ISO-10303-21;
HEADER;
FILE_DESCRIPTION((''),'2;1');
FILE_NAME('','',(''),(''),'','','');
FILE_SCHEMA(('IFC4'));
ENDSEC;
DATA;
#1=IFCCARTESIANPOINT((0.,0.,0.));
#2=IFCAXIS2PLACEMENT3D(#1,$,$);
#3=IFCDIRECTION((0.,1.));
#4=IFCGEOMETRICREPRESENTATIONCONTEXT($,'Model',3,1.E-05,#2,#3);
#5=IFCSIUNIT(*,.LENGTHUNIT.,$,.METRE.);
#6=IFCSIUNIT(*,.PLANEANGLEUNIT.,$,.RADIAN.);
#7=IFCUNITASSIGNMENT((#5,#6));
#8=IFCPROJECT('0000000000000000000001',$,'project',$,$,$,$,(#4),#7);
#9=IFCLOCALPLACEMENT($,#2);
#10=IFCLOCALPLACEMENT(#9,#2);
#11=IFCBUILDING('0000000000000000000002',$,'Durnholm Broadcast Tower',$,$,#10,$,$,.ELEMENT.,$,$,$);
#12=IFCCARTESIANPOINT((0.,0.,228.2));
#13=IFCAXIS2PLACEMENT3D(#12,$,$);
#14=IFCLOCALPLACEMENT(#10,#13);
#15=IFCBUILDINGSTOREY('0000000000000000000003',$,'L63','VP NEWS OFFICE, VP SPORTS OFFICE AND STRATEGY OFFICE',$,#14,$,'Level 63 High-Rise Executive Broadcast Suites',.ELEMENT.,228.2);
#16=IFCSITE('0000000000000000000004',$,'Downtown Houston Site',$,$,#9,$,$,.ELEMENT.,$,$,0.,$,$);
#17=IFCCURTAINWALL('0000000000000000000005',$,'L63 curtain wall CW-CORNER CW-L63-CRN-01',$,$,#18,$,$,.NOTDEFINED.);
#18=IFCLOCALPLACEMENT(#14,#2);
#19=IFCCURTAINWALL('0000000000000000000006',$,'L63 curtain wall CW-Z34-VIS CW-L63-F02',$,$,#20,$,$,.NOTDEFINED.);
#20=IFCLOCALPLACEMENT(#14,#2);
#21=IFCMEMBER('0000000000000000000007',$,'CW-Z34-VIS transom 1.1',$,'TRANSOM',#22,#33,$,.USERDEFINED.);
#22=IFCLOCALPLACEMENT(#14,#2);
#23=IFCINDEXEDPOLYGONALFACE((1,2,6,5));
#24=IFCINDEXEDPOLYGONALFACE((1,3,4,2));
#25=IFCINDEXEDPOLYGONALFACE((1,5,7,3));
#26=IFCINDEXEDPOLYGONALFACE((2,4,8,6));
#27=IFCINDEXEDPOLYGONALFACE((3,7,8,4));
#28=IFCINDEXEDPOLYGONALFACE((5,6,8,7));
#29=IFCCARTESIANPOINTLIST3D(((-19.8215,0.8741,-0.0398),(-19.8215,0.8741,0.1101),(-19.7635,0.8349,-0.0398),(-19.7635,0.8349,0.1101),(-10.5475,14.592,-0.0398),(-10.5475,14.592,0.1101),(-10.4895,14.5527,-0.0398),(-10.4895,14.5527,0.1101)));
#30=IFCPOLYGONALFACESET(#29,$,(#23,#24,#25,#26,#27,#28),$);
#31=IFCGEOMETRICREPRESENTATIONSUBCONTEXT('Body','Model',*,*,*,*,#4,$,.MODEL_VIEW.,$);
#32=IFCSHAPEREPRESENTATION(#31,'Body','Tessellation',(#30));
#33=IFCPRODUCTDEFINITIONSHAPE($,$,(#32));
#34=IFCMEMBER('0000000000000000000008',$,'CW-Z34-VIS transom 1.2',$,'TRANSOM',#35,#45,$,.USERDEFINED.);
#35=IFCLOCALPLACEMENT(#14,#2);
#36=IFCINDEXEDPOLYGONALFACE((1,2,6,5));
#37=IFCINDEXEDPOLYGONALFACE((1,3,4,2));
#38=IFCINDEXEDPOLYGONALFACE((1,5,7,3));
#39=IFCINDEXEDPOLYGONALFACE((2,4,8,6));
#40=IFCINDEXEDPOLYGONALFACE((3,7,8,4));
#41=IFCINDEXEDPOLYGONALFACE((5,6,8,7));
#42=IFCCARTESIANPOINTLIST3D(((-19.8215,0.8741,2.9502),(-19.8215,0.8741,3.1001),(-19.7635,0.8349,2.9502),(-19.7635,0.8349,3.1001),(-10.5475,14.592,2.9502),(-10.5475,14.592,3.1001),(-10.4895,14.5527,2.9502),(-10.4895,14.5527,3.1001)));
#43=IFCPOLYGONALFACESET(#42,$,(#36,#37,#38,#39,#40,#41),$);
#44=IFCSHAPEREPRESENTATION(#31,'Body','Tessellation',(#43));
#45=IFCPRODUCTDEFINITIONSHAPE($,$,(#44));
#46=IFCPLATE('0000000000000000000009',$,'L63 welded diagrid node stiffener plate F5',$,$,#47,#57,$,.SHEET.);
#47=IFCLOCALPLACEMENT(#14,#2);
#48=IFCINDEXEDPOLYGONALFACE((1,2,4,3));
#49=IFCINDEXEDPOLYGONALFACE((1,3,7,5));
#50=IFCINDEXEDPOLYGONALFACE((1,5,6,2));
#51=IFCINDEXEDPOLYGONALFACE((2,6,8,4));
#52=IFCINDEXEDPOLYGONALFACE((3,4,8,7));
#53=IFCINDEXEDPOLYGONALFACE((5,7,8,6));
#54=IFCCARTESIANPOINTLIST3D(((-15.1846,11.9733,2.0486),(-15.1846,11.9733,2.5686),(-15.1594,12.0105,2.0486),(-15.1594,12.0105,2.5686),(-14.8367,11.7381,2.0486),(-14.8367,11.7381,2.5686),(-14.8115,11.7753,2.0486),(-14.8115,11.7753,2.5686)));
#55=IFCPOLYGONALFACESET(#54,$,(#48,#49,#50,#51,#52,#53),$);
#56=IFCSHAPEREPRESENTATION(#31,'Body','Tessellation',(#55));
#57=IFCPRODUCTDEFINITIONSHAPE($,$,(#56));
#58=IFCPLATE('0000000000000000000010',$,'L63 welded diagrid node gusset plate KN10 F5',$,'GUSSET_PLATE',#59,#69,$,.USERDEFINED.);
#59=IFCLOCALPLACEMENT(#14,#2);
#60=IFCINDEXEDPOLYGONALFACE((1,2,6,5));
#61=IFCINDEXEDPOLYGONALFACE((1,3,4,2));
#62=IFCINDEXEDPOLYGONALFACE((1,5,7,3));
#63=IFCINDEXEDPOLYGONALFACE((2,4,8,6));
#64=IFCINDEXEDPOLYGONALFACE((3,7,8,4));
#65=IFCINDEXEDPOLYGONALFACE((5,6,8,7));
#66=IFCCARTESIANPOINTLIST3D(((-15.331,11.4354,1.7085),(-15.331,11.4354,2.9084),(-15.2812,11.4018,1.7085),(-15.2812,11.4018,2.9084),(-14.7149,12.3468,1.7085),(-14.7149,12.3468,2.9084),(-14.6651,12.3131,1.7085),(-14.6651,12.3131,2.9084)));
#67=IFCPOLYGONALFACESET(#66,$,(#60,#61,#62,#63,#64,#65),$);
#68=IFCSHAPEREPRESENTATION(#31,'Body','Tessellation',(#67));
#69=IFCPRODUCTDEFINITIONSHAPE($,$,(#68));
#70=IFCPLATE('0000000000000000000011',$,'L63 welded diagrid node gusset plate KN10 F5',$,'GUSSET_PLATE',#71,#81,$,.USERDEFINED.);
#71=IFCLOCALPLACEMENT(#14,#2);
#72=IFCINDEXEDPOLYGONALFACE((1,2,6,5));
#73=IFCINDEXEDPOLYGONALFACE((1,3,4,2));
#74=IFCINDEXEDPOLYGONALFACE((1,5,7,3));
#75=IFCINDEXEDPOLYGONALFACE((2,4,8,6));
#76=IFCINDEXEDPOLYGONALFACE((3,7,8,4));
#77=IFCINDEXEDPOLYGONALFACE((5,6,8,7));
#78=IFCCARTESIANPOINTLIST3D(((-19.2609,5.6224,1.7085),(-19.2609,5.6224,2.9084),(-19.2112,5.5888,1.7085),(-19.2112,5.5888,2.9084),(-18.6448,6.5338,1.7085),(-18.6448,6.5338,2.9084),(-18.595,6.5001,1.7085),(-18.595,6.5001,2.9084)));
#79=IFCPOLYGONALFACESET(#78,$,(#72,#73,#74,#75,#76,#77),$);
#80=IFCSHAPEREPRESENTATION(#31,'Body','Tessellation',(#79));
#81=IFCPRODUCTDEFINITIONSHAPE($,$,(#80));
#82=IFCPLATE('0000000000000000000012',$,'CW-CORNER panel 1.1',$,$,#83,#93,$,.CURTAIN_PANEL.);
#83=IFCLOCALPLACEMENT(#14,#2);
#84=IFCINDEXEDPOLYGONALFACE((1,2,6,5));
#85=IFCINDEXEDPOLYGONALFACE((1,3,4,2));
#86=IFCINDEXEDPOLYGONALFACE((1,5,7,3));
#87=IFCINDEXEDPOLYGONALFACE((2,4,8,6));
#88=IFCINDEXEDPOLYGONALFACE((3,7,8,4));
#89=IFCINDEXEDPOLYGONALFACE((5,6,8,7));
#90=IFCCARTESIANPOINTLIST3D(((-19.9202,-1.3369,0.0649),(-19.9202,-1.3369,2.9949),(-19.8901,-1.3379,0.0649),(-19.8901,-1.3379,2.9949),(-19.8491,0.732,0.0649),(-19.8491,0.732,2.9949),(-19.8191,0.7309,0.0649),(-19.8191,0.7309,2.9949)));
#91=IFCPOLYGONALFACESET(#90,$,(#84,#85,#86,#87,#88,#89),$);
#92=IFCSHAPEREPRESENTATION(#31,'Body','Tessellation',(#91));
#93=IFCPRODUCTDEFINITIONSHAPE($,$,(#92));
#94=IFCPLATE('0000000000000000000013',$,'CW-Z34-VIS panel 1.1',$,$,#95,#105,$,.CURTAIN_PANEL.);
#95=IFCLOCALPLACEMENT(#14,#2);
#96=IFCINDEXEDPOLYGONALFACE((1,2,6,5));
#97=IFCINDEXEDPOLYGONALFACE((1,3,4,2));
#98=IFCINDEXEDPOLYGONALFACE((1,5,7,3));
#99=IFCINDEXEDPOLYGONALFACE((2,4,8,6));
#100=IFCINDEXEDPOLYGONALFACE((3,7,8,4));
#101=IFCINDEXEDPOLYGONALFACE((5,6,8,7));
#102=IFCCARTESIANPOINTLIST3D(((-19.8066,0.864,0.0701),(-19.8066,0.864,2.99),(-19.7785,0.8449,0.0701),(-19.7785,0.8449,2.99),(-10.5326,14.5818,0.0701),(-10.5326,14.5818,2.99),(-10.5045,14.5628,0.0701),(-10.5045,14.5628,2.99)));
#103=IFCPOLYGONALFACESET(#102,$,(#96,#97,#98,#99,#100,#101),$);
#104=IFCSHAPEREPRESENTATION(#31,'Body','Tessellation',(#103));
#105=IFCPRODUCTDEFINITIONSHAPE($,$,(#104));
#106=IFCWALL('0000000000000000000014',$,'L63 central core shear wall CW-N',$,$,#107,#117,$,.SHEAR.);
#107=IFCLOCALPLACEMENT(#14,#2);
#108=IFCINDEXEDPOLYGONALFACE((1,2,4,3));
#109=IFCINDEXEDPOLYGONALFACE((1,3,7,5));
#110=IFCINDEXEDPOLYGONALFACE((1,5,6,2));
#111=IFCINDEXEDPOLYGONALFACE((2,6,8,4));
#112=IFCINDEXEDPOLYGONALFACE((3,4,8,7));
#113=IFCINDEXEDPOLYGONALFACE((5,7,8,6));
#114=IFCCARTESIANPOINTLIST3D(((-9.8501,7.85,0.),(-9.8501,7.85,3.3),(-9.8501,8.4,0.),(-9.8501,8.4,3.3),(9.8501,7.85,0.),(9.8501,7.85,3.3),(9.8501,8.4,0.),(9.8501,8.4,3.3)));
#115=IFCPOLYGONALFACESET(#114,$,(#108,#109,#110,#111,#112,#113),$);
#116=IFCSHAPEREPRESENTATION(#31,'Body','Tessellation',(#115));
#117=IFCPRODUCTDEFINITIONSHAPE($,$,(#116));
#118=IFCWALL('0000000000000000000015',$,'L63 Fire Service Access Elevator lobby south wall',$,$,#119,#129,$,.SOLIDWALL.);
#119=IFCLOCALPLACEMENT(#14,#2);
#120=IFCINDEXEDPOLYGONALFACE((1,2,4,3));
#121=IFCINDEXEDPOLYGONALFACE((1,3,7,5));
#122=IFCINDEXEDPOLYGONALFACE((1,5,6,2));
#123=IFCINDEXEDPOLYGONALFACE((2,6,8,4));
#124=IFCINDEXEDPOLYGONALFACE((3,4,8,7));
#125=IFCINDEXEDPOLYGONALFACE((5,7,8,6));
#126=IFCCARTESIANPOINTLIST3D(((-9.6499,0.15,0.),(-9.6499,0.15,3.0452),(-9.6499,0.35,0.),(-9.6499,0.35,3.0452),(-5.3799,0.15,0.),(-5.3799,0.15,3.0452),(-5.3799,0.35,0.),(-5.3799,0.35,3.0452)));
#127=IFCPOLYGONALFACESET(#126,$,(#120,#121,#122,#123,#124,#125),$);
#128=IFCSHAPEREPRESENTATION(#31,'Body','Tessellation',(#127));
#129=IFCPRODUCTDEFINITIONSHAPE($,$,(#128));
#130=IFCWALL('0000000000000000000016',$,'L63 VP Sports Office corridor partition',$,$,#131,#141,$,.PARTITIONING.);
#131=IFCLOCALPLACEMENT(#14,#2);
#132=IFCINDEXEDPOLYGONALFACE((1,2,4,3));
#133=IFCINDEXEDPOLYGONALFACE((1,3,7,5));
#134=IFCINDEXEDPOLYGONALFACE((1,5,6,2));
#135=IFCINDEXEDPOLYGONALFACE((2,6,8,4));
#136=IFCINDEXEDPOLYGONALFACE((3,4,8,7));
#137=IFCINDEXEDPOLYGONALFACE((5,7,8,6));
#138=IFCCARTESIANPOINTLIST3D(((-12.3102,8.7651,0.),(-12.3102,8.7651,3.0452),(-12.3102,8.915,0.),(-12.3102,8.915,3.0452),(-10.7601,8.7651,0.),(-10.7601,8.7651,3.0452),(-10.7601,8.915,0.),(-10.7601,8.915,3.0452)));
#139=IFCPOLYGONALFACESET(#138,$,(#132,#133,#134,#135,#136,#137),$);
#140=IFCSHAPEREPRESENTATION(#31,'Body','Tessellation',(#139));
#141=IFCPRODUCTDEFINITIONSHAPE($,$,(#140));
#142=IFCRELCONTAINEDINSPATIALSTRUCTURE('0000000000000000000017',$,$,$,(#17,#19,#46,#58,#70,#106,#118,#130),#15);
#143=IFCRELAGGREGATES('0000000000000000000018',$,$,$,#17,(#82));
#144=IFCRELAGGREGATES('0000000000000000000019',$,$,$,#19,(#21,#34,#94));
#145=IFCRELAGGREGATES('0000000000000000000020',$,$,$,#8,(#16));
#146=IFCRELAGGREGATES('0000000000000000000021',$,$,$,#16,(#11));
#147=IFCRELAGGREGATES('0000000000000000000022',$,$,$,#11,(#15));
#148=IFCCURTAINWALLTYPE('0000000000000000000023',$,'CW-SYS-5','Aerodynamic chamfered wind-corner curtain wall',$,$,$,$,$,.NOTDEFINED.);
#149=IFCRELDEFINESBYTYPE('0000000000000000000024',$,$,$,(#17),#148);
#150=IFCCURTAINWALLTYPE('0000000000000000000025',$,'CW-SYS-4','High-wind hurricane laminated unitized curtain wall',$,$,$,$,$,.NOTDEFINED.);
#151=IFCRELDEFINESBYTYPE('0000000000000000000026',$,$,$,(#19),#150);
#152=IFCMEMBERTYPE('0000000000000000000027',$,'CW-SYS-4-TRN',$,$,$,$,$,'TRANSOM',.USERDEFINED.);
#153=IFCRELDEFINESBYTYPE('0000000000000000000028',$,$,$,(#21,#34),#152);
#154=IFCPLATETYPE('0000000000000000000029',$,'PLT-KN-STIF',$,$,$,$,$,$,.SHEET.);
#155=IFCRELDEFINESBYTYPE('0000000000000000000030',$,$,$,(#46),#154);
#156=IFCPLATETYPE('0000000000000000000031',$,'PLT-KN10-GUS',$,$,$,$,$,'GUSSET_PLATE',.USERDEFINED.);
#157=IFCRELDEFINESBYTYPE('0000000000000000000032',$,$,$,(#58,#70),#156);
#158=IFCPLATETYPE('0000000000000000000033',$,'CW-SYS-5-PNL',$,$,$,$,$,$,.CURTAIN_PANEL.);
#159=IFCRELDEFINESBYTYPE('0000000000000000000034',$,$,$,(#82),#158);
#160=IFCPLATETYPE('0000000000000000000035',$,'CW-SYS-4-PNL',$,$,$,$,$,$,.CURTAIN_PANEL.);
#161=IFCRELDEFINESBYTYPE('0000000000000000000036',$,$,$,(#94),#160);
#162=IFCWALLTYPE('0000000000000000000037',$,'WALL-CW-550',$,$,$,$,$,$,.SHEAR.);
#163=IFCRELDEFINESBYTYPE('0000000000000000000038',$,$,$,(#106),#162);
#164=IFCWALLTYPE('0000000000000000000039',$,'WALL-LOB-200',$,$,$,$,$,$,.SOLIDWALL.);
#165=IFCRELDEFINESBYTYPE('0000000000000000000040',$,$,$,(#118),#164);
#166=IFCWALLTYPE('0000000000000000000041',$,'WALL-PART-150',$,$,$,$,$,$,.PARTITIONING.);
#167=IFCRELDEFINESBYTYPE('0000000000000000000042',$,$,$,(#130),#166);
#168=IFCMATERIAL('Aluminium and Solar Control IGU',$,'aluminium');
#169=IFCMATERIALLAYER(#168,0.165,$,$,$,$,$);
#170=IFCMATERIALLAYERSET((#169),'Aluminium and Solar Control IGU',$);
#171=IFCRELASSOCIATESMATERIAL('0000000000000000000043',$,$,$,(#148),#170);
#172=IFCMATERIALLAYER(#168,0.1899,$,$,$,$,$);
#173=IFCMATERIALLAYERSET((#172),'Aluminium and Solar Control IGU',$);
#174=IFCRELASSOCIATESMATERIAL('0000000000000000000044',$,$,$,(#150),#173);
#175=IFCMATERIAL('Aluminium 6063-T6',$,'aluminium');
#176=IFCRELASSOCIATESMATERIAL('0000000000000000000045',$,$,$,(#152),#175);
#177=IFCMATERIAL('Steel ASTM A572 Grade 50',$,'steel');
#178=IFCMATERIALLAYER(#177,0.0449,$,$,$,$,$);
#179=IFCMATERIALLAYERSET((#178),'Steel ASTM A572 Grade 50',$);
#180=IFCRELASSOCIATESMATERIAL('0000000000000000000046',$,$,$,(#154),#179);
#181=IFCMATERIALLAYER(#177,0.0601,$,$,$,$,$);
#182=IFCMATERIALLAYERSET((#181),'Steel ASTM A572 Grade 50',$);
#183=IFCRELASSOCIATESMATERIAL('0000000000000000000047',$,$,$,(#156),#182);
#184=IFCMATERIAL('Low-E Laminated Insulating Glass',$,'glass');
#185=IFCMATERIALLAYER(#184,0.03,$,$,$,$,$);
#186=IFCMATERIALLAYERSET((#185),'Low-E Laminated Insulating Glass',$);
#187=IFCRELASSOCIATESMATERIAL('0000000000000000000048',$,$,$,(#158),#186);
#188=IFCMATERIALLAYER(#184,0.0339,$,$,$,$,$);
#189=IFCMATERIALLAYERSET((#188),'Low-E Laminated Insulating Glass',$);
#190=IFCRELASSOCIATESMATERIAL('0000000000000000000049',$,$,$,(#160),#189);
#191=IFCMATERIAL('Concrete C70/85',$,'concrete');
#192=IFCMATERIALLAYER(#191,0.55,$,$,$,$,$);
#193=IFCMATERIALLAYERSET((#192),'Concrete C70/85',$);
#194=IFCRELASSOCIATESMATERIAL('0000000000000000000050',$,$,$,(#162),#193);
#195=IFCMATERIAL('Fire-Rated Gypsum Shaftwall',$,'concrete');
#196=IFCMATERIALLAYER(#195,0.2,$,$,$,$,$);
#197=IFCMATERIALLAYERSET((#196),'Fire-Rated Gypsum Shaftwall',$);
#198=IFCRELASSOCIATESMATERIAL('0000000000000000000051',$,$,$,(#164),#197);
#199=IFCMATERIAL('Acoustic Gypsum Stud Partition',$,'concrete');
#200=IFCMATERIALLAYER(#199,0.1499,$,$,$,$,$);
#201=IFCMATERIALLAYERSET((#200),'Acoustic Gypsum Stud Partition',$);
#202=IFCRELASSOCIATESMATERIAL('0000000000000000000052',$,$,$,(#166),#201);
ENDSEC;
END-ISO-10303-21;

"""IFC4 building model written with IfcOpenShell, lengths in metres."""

from ifc_helpers import new_model, si_unit, direction, frame, frame_2d, origin, origin_2d, place, context, subcontext, project, spatial, rectangle, extrude, source, transform, mapped, material, layer, layer_set, material_profile, profile_set, type_object, type_shapes, element, aggregate, save


model = new_model("IFC4")

# Units and contexts
model_context = context("Model", 3, precision=1e-05, world=origin(), true_north=direction((0.0, 1.0)))
body_context = subcontext(model_context, "Body", "Model", "MODEL_VIEW")
ifc_project = project(units=[si_unit("LENGTHUNIT", "METRE"), si_unit("PLANEANGLEUNIT", "RADIAN")], contexts=[model_context])

# Site, building, storey
site_placement = place(None, origin())
site = spatial("IfcSite", under=ifc_project, at=site_placement, Name="Downtown Houston Site", CompositionType="ELEMENT", RefElevation=0.0)
building_placement = place(site_placement, origin())
building = spatial("IfcBuilding", under=site, at=building_placement, Name="Durnholm Broadcast Tower", CompositionType="ELEMENT")
storey_placement = place(building_placement, frame((0.0, 0.0, 228.2)))
storey = spatial("IfcBuildingStorey", under=building, at=storey_placement, Name="L63", Description="VP NEWS OFFICE, VP SPORTS OFFICE AND STRATEGY OFFICE", LongName="Level 63 High-Rise Executive Broadcast Suites", CompositionType="ELEMENT", Elevation=228.2)

# Shared definitions
ifc_material_1 = material(Name="Concrete C70/85", Category="concrete")

# Shared definitions
ifc_material_2 = material(Name="Aluminium and Solar Control IGU", Category="aluminium")
ifc_layer_1 = layer(ifc_material_2, 0.165)
ifc_layer_set_1 = layer_set([ifc_layer_1], Name="Aluminium and Solar Control IGU")
curtain_wall_type_1 = type_object("IfcCurtainWallType", Name="CW-SYS-5", Description="Aerodynamic chamfered wind-corner curtain wall", PredefinedType="NOTDEFINED", material=ifc_layer_set_1)
ifc_material_3 = material(Name="Aluminium 6063-T6", Category="aluminium")

# Curtain wall
curtain_wall_1_placement = place(storey_placement, origin())
curtain_wall_1 = element("IfcCurtainWall", 1, at=curtain_wall_1_placement, inside=storey, type_object=curtain_wall_type_1, Name="L63 curtain wall CW-CORNER CW-L63-CRN-01", PredefinedType="NOTDEFINED")

# Curtain wall, members
ifc_layer_2 = layer(ifc_material_2, 0.1899)
ifc_layer_set_2 = layer_set([ifc_layer_2], Name="Aluminium and Solar Control IGU")
curtain_wall_type_2 = type_object("IfcCurtainWallType", Name="CW-SYS-4", Description="High-wind hurricane laminated unitized curtain wall", PredefinedType="NOTDEFINED", material=ifc_layer_set_2)
curtain_wall_2_placement = place(storey_placement, origin())
curtain_wall_2 = element("IfcCurtainWall", 2, at=curtain_wall_2_placement, inside=storey, type_object=curtain_wall_type_2, Name="L63 curtain wall CW-Z34-VIS CW-L63-F02", PredefinedType="NOTDEFINED")
ifc_material_profile_1 = material_profile(ifc_material_3, rectangle(XDim=0.0701, YDim=0.1499, at=origin_2d()), Name="CWT70X150")
ifc_profile_set_1 = profile_set([ifc_material_profile_1], Name="Aluminium 6063-T6")
member_type_1 = type_object("IfcMemberType", Name="CW-SYS-4-TRN", ElementType="TRANSOM", PredefinedType="USERDEFINED", material=ifc_profile_set_1)
shared_shape_1 = source(origin(), body_context, "Body", "SweptSolid", [
    extrude(rectangle(XDim=0.0701, YDim=0.1499, at=origin_2d()), origin(), (0.0, 0.0, 1.0), 16.5586),
])
type_shapes(member_type_1, [shared_shape_1])
member_1_placement = place(storey_placement, frame((-19.7925, 0.8545, 0.0352), z_axis=(0.560071, 0.828444, 0.0), x_axis=(-0.828444, 0.560071, 0.0)))
member_1 = element("IfcMember", 3, at=member_1_placement, type_object=member_type_1, Name="CW-Z34-VIS transom 1.1", ObjectType="TRANSOM", PredefinedType="USERDEFINED", context=body_context, shape_type="MappedRepresentation", body=[
    mapped(shared_shape_1, transform((0.0, 0.0, 0.0), x_axis=(1.0, 0.0, 0.0), y_axis=(0.0, 1.0, 0.0), z_axis=(0.0, 0.0, 1.0), scale=1.0)),
])
member_2_placement = place(storey_placement, frame((-19.7925, 0.8545, 3.0251), z_axis=(0.560071, 0.828444, 0.0), x_axis=(-0.828444, 0.560071, 0.0)))
member_2 = element("IfcMember", 4, at=member_2_placement, type_object=member_type_1, Name="CW-Z34-VIS transom 1.2", ObjectType="TRANSOM", PredefinedType="USERDEFINED", context=body_context, shape_type="MappedRepresentation", body=[
    mapped(shared_shape_1, transform((0.0, 0.0, 0.0), x_axis=(1.0, 0.0, 0.0), y_axis=(0.0, 1.0, 0.0), z_axis=(0.0, 0.0, 1.0), scale=1.0)),
])

# Plates
ifc_material_4 = material(Name="Steel ASTM A572 Grade 50", Category="steel")
ifc_layer_3 = layer(ifc_material_4, 0.0449)
ifc_layer_set_3 = layer_set([ifc_layer_3], Name="Steel ASTM A572 Grade 50")
plate_type_1 = type_object("IfcPlateType", Name="PLT-KN-STIF", PredefinedType="SHEET", material=ifc_layer_set_3)
shared_shape_2 = source(origin(), body_context, "Body", "SweptSolid", [
    extrude(rectangle(XDim=0.0449, YDim=0.4199, at=origin_2d()), origin(), (0.0, 0.0, 1.0), 0.52),
])
type_shapes(plate_type_1, [shared_shape_2])
plate_1_placement = place(storey_placement, frame((-14.998, 11.8743, 2.0486), z_axis=(0.0, 0.0, 1.0), x_axis=(-0.560061, -0.828452, 0.0)))
element("IfcPlate", 5, at=plate_1_placement, inside=storey, type_object=plate_type_1, Name="L63 welded diagrid node stiffener plate F5", PredefinedType="SHEET", context=body_context, shape_type="MappedRepresentation", body=[
    mapped(shared_shape_2, transform((0.0, 0.0, 0.0), x_axis=(1.0, 0.0, 0.0), y_axis=(0.0, 1.0, 0.0), z_axis=(0.0, 0.0, 1.0), scale=1.0)),
])
ifc_layer_4 = layer(ifc_material_4, 0.0601)
ifc_layer_set_4 = layer_set([ifc_layer_4], Name="Steel ASTM A572 Grade 50")
plate_type_2 = type_object("IfcPlateType", Name="PLT-KN10-GUS", ElementType="GUSSET_PLATE", PredefinedType="USERDEFINED", material=ifc_layer_set_4)
shared_shape_3 = source(origin(), body_context, "Body", "SweptSolid", [
    extrude(rectangle(XDim=1.1001, YDim=0.0601, at=origin_2d()), origin(), (0.0, 0.0, 1.0), 1.2),
])
type_shapes(plate_type_2, [shared_shape_3])
for number, where, z_axis, x_axis, name in (
    (6, (-14.998, 11.8743, 1.7085), (0.0, 0.0, 1.0), (-0.560061, -0.828452, 0.0), "L63 welded diagrid node gusset plate KN10 F5"),
    (7, (-18.928, 6.0613, 1.7085), (0.0, 0.0, 1.0), (-0.560061, -0.828452, 0.0), "L63 welded diagrid node gusset plate KN10 F5"),
):
    element("IfcPlate", number, at=place(storey_placement, frame(where, z_axis=z_axis, x_axis=x_axis)), inside=storey, type_object=plate_type_2, Name=name, ObjectType="GUSSET_PLATE", PredefinedType="USERDEFINED", context=body_context, shape_type="MappedRepresentation", body=[
        mapped(shared_shape_3, transform((0.0, 0.0, 0.0), x_axis=(1.0, 0.0, 0.0), y_axis=(0.0, 1.0, 0.0), z_axis=(0.0, 0.0, 1.0), scale=1.0)),
    ])

# Plates
ifc_material_5 = material(Name="Low-E Laminated Insulating Glass", Category="glass")
ifc_layer_5 = layer(ifc_material_5, 0.03)
ifc_layer_set_5 = layer_set([ifc_layer_5], Name="Low-E Laminated Insulating Glass")
plate_type_3 = type_object("IfcPlateType", Name="CW-SYS-5-PNL", PredefinedType="CURTAIN_PANEL", material=ifc_layer_set_5)
shared_shape_4 = source(origin(), body_context, "Body", "SweptSolid", [
    extrude(rectangle(XDim=2.0701, YDim=0.03, at=origin_2d()), origin(), (0.0, 0.0, 1.0), 2.9299),
])
type_shapes(plate_type_3, [shared_shape_4])
plate_2_placement = place(storey_placement, frame((-19.8696, -0.303, 0.0649), z_axis=(0.0, 0.0, 1.0), x_axis=(0.034318, 0.999411, 0.0)))
plate_2 = element("IfcPlate", 8, at=plate_2_placement, type_object=plate_type_3, Name="CW-CORNER panel 1.1", PredefinedType="CURTAIN_PANEL", context=body_context, shape_type="MappedRepresentation", body=[
    mapped(shared_shape_4, transform((0.0, 0.0, 0.0), x_axis=(1.0, 0.0, 0.0), y_axis=(0.0, 1.0, 0.0), z_axis=(0.0, 0.0, 1.0), scale=1.0)),
])
aggregate(curtain_wall_1, [plate_2])
ifc_layer_6 = layer(ifc_material_5, 0.0339)
ifc_layer_set_6 = layer_set([ifc_layer_6], Name="Low-E Laminated Insulating Glass")
plate_type_4 = type_object("IfcPlateType", Name="CW-SYS-4-PNL", PredefinedType="CURTAIN_PANEL", material=ifc_layer_set_6)
shared_shape_5 = source(origin(), body_context, "Body", "SweptSolid", [
    extrude(rectangle(XDim=16.5586, YDim=0.0339, at=origin_2d()), origin(), (0.0, 0.0, 1.0), 2.9199),
])
type_shapes(plate_type_4, [shared_shape_5])
plate_3_placement = place(storey_placement, frame((-15.1555, 7.7134, 0.0701), z_axis=(0.0, 0.0, 1.0), x_axis=(0.560073, 0.828443, 0.0)))
plate_3 = element("IfcPlate", 9, at=plate_3_placement, type_object=plate_type_4, Name="CW-Z34-VIS panel 1.1", PredefinedType="CURTAIN_PANEL", context=body_context, shape_type="MappedRepresentation", body=[
    mapped(shared_shape_5, transform((0.0, 0.0, 0.0), x_axis=(1.0, 0.0, 0.0), y_axis=(0.0, 1.0, 0.0), z_axis=(0.0, 0.0, 1.0), scale=1.0)),
])
aggregate(curtain_wall_2, [member_1, member_2, plate_3])

# Walls
ifc_layer_7 = layer(ifc_material_1, 0.55)
ifc_layer_set_7 = layer_set([ifc_layer_7], Name="Concrete C70/85")
wall_type_1 = type_object("IfcWallType", Name="WALL-CW-550", PredefinedType="SHEAR", material=ifc_layer_set_7)
wall_1_placement = place(storey_placement, frame((-9.8501, 8.125, 0.0), z_axis=(0.0, 0.0, 1.0), x_axis=(1.0, 0.0, 0.0)))
element("IfcWall", 10, at=wall_1_placement, inside=storey, type_object=wall_type_1, Name="L63 central core shear wall CW-N", PredefinedType="SHEAR", context=body_context, shape_type="SweptSolid", body=[
    extrude(rectangle(XDim=19.7002, YDim=0.55, at=frame_2d((9.8501, 0.0))), origin(), (0.0, 0.0, 1.0), 3.3),
])
ifc_material_6 = material(Name="Fire-Rated Gypsum Shaftwall", Category="concrete")
ifc_layer_8 = layer(ifc_material_6, 0.2)
ifc_layer_set_8 = layer_set([ifc_layer_8], Name="Fire-Rated Gypsum Shaftwall")
wall_type_2 = type_object("IfcWallType", Name="WALL-LOB-200", PredefinedType="SOLIDWALL", material=ifc_layer_set_8)
wall_2_placement = place(storey_placement, frame((-9.6499, 0.25, 0.0), z_axis=(0.0, 0.0, 1.0), x_axis=(1.0, 0.0, 0.0)))
element("IfcWall", 11, at=wall_2_placement, inside=storey, type_object=wall_type_2, Name="L63 Fire Service Access Elevator lobby south wall", PredefinedType="SOLIDWALL", context=body_context, shape_type="SweptSolid", body=[
    extrude(rectangle(XDim=4.27, YDim=0.2, at=frame_2d((2.135, 0.0))), origin(), (0.0, 0.0, 1.0), 3.0452),
])
ifc_material_7 = material(Name="Acoustic Gypsum Stud Partition", Category="concrete")
ifc_layer_9 = layer(ifc_material_7, 0.1499)
ifc_layer_set_9 = layer_set([ifc_layer_9], Name="Acoustic Gypsum Stud Partition")
wall_type_3 = type_object("IfcWallType", Name="WALL-PART-150", PredefinedType="PARTITIONING", material=ifc_layer_set_9)
wall_3_placement = place(storey_placement, frame((-12.3101, 8.8401, 0.0), z_axis=(0.0, 0.0, 1.0), x_axis=(1.0, 0.0, 0.0)))
element("IfcWall", 12, at=wall_3_placement, inside=storey, type_object=wall_type_3, Name="L63 VP Sports Office corridor partition", PredefinedType="PARTITIONING", context=body_context, shape_type="SweptSolid", body=[
    extrude(rectangle(XDim=1.55, YDim=0.1499, at=frame_2d((0.7749, 0.0))), origin(), (0.0, 0.0, 1.0), 3.0452),
])

save(model, "model.ifc")
